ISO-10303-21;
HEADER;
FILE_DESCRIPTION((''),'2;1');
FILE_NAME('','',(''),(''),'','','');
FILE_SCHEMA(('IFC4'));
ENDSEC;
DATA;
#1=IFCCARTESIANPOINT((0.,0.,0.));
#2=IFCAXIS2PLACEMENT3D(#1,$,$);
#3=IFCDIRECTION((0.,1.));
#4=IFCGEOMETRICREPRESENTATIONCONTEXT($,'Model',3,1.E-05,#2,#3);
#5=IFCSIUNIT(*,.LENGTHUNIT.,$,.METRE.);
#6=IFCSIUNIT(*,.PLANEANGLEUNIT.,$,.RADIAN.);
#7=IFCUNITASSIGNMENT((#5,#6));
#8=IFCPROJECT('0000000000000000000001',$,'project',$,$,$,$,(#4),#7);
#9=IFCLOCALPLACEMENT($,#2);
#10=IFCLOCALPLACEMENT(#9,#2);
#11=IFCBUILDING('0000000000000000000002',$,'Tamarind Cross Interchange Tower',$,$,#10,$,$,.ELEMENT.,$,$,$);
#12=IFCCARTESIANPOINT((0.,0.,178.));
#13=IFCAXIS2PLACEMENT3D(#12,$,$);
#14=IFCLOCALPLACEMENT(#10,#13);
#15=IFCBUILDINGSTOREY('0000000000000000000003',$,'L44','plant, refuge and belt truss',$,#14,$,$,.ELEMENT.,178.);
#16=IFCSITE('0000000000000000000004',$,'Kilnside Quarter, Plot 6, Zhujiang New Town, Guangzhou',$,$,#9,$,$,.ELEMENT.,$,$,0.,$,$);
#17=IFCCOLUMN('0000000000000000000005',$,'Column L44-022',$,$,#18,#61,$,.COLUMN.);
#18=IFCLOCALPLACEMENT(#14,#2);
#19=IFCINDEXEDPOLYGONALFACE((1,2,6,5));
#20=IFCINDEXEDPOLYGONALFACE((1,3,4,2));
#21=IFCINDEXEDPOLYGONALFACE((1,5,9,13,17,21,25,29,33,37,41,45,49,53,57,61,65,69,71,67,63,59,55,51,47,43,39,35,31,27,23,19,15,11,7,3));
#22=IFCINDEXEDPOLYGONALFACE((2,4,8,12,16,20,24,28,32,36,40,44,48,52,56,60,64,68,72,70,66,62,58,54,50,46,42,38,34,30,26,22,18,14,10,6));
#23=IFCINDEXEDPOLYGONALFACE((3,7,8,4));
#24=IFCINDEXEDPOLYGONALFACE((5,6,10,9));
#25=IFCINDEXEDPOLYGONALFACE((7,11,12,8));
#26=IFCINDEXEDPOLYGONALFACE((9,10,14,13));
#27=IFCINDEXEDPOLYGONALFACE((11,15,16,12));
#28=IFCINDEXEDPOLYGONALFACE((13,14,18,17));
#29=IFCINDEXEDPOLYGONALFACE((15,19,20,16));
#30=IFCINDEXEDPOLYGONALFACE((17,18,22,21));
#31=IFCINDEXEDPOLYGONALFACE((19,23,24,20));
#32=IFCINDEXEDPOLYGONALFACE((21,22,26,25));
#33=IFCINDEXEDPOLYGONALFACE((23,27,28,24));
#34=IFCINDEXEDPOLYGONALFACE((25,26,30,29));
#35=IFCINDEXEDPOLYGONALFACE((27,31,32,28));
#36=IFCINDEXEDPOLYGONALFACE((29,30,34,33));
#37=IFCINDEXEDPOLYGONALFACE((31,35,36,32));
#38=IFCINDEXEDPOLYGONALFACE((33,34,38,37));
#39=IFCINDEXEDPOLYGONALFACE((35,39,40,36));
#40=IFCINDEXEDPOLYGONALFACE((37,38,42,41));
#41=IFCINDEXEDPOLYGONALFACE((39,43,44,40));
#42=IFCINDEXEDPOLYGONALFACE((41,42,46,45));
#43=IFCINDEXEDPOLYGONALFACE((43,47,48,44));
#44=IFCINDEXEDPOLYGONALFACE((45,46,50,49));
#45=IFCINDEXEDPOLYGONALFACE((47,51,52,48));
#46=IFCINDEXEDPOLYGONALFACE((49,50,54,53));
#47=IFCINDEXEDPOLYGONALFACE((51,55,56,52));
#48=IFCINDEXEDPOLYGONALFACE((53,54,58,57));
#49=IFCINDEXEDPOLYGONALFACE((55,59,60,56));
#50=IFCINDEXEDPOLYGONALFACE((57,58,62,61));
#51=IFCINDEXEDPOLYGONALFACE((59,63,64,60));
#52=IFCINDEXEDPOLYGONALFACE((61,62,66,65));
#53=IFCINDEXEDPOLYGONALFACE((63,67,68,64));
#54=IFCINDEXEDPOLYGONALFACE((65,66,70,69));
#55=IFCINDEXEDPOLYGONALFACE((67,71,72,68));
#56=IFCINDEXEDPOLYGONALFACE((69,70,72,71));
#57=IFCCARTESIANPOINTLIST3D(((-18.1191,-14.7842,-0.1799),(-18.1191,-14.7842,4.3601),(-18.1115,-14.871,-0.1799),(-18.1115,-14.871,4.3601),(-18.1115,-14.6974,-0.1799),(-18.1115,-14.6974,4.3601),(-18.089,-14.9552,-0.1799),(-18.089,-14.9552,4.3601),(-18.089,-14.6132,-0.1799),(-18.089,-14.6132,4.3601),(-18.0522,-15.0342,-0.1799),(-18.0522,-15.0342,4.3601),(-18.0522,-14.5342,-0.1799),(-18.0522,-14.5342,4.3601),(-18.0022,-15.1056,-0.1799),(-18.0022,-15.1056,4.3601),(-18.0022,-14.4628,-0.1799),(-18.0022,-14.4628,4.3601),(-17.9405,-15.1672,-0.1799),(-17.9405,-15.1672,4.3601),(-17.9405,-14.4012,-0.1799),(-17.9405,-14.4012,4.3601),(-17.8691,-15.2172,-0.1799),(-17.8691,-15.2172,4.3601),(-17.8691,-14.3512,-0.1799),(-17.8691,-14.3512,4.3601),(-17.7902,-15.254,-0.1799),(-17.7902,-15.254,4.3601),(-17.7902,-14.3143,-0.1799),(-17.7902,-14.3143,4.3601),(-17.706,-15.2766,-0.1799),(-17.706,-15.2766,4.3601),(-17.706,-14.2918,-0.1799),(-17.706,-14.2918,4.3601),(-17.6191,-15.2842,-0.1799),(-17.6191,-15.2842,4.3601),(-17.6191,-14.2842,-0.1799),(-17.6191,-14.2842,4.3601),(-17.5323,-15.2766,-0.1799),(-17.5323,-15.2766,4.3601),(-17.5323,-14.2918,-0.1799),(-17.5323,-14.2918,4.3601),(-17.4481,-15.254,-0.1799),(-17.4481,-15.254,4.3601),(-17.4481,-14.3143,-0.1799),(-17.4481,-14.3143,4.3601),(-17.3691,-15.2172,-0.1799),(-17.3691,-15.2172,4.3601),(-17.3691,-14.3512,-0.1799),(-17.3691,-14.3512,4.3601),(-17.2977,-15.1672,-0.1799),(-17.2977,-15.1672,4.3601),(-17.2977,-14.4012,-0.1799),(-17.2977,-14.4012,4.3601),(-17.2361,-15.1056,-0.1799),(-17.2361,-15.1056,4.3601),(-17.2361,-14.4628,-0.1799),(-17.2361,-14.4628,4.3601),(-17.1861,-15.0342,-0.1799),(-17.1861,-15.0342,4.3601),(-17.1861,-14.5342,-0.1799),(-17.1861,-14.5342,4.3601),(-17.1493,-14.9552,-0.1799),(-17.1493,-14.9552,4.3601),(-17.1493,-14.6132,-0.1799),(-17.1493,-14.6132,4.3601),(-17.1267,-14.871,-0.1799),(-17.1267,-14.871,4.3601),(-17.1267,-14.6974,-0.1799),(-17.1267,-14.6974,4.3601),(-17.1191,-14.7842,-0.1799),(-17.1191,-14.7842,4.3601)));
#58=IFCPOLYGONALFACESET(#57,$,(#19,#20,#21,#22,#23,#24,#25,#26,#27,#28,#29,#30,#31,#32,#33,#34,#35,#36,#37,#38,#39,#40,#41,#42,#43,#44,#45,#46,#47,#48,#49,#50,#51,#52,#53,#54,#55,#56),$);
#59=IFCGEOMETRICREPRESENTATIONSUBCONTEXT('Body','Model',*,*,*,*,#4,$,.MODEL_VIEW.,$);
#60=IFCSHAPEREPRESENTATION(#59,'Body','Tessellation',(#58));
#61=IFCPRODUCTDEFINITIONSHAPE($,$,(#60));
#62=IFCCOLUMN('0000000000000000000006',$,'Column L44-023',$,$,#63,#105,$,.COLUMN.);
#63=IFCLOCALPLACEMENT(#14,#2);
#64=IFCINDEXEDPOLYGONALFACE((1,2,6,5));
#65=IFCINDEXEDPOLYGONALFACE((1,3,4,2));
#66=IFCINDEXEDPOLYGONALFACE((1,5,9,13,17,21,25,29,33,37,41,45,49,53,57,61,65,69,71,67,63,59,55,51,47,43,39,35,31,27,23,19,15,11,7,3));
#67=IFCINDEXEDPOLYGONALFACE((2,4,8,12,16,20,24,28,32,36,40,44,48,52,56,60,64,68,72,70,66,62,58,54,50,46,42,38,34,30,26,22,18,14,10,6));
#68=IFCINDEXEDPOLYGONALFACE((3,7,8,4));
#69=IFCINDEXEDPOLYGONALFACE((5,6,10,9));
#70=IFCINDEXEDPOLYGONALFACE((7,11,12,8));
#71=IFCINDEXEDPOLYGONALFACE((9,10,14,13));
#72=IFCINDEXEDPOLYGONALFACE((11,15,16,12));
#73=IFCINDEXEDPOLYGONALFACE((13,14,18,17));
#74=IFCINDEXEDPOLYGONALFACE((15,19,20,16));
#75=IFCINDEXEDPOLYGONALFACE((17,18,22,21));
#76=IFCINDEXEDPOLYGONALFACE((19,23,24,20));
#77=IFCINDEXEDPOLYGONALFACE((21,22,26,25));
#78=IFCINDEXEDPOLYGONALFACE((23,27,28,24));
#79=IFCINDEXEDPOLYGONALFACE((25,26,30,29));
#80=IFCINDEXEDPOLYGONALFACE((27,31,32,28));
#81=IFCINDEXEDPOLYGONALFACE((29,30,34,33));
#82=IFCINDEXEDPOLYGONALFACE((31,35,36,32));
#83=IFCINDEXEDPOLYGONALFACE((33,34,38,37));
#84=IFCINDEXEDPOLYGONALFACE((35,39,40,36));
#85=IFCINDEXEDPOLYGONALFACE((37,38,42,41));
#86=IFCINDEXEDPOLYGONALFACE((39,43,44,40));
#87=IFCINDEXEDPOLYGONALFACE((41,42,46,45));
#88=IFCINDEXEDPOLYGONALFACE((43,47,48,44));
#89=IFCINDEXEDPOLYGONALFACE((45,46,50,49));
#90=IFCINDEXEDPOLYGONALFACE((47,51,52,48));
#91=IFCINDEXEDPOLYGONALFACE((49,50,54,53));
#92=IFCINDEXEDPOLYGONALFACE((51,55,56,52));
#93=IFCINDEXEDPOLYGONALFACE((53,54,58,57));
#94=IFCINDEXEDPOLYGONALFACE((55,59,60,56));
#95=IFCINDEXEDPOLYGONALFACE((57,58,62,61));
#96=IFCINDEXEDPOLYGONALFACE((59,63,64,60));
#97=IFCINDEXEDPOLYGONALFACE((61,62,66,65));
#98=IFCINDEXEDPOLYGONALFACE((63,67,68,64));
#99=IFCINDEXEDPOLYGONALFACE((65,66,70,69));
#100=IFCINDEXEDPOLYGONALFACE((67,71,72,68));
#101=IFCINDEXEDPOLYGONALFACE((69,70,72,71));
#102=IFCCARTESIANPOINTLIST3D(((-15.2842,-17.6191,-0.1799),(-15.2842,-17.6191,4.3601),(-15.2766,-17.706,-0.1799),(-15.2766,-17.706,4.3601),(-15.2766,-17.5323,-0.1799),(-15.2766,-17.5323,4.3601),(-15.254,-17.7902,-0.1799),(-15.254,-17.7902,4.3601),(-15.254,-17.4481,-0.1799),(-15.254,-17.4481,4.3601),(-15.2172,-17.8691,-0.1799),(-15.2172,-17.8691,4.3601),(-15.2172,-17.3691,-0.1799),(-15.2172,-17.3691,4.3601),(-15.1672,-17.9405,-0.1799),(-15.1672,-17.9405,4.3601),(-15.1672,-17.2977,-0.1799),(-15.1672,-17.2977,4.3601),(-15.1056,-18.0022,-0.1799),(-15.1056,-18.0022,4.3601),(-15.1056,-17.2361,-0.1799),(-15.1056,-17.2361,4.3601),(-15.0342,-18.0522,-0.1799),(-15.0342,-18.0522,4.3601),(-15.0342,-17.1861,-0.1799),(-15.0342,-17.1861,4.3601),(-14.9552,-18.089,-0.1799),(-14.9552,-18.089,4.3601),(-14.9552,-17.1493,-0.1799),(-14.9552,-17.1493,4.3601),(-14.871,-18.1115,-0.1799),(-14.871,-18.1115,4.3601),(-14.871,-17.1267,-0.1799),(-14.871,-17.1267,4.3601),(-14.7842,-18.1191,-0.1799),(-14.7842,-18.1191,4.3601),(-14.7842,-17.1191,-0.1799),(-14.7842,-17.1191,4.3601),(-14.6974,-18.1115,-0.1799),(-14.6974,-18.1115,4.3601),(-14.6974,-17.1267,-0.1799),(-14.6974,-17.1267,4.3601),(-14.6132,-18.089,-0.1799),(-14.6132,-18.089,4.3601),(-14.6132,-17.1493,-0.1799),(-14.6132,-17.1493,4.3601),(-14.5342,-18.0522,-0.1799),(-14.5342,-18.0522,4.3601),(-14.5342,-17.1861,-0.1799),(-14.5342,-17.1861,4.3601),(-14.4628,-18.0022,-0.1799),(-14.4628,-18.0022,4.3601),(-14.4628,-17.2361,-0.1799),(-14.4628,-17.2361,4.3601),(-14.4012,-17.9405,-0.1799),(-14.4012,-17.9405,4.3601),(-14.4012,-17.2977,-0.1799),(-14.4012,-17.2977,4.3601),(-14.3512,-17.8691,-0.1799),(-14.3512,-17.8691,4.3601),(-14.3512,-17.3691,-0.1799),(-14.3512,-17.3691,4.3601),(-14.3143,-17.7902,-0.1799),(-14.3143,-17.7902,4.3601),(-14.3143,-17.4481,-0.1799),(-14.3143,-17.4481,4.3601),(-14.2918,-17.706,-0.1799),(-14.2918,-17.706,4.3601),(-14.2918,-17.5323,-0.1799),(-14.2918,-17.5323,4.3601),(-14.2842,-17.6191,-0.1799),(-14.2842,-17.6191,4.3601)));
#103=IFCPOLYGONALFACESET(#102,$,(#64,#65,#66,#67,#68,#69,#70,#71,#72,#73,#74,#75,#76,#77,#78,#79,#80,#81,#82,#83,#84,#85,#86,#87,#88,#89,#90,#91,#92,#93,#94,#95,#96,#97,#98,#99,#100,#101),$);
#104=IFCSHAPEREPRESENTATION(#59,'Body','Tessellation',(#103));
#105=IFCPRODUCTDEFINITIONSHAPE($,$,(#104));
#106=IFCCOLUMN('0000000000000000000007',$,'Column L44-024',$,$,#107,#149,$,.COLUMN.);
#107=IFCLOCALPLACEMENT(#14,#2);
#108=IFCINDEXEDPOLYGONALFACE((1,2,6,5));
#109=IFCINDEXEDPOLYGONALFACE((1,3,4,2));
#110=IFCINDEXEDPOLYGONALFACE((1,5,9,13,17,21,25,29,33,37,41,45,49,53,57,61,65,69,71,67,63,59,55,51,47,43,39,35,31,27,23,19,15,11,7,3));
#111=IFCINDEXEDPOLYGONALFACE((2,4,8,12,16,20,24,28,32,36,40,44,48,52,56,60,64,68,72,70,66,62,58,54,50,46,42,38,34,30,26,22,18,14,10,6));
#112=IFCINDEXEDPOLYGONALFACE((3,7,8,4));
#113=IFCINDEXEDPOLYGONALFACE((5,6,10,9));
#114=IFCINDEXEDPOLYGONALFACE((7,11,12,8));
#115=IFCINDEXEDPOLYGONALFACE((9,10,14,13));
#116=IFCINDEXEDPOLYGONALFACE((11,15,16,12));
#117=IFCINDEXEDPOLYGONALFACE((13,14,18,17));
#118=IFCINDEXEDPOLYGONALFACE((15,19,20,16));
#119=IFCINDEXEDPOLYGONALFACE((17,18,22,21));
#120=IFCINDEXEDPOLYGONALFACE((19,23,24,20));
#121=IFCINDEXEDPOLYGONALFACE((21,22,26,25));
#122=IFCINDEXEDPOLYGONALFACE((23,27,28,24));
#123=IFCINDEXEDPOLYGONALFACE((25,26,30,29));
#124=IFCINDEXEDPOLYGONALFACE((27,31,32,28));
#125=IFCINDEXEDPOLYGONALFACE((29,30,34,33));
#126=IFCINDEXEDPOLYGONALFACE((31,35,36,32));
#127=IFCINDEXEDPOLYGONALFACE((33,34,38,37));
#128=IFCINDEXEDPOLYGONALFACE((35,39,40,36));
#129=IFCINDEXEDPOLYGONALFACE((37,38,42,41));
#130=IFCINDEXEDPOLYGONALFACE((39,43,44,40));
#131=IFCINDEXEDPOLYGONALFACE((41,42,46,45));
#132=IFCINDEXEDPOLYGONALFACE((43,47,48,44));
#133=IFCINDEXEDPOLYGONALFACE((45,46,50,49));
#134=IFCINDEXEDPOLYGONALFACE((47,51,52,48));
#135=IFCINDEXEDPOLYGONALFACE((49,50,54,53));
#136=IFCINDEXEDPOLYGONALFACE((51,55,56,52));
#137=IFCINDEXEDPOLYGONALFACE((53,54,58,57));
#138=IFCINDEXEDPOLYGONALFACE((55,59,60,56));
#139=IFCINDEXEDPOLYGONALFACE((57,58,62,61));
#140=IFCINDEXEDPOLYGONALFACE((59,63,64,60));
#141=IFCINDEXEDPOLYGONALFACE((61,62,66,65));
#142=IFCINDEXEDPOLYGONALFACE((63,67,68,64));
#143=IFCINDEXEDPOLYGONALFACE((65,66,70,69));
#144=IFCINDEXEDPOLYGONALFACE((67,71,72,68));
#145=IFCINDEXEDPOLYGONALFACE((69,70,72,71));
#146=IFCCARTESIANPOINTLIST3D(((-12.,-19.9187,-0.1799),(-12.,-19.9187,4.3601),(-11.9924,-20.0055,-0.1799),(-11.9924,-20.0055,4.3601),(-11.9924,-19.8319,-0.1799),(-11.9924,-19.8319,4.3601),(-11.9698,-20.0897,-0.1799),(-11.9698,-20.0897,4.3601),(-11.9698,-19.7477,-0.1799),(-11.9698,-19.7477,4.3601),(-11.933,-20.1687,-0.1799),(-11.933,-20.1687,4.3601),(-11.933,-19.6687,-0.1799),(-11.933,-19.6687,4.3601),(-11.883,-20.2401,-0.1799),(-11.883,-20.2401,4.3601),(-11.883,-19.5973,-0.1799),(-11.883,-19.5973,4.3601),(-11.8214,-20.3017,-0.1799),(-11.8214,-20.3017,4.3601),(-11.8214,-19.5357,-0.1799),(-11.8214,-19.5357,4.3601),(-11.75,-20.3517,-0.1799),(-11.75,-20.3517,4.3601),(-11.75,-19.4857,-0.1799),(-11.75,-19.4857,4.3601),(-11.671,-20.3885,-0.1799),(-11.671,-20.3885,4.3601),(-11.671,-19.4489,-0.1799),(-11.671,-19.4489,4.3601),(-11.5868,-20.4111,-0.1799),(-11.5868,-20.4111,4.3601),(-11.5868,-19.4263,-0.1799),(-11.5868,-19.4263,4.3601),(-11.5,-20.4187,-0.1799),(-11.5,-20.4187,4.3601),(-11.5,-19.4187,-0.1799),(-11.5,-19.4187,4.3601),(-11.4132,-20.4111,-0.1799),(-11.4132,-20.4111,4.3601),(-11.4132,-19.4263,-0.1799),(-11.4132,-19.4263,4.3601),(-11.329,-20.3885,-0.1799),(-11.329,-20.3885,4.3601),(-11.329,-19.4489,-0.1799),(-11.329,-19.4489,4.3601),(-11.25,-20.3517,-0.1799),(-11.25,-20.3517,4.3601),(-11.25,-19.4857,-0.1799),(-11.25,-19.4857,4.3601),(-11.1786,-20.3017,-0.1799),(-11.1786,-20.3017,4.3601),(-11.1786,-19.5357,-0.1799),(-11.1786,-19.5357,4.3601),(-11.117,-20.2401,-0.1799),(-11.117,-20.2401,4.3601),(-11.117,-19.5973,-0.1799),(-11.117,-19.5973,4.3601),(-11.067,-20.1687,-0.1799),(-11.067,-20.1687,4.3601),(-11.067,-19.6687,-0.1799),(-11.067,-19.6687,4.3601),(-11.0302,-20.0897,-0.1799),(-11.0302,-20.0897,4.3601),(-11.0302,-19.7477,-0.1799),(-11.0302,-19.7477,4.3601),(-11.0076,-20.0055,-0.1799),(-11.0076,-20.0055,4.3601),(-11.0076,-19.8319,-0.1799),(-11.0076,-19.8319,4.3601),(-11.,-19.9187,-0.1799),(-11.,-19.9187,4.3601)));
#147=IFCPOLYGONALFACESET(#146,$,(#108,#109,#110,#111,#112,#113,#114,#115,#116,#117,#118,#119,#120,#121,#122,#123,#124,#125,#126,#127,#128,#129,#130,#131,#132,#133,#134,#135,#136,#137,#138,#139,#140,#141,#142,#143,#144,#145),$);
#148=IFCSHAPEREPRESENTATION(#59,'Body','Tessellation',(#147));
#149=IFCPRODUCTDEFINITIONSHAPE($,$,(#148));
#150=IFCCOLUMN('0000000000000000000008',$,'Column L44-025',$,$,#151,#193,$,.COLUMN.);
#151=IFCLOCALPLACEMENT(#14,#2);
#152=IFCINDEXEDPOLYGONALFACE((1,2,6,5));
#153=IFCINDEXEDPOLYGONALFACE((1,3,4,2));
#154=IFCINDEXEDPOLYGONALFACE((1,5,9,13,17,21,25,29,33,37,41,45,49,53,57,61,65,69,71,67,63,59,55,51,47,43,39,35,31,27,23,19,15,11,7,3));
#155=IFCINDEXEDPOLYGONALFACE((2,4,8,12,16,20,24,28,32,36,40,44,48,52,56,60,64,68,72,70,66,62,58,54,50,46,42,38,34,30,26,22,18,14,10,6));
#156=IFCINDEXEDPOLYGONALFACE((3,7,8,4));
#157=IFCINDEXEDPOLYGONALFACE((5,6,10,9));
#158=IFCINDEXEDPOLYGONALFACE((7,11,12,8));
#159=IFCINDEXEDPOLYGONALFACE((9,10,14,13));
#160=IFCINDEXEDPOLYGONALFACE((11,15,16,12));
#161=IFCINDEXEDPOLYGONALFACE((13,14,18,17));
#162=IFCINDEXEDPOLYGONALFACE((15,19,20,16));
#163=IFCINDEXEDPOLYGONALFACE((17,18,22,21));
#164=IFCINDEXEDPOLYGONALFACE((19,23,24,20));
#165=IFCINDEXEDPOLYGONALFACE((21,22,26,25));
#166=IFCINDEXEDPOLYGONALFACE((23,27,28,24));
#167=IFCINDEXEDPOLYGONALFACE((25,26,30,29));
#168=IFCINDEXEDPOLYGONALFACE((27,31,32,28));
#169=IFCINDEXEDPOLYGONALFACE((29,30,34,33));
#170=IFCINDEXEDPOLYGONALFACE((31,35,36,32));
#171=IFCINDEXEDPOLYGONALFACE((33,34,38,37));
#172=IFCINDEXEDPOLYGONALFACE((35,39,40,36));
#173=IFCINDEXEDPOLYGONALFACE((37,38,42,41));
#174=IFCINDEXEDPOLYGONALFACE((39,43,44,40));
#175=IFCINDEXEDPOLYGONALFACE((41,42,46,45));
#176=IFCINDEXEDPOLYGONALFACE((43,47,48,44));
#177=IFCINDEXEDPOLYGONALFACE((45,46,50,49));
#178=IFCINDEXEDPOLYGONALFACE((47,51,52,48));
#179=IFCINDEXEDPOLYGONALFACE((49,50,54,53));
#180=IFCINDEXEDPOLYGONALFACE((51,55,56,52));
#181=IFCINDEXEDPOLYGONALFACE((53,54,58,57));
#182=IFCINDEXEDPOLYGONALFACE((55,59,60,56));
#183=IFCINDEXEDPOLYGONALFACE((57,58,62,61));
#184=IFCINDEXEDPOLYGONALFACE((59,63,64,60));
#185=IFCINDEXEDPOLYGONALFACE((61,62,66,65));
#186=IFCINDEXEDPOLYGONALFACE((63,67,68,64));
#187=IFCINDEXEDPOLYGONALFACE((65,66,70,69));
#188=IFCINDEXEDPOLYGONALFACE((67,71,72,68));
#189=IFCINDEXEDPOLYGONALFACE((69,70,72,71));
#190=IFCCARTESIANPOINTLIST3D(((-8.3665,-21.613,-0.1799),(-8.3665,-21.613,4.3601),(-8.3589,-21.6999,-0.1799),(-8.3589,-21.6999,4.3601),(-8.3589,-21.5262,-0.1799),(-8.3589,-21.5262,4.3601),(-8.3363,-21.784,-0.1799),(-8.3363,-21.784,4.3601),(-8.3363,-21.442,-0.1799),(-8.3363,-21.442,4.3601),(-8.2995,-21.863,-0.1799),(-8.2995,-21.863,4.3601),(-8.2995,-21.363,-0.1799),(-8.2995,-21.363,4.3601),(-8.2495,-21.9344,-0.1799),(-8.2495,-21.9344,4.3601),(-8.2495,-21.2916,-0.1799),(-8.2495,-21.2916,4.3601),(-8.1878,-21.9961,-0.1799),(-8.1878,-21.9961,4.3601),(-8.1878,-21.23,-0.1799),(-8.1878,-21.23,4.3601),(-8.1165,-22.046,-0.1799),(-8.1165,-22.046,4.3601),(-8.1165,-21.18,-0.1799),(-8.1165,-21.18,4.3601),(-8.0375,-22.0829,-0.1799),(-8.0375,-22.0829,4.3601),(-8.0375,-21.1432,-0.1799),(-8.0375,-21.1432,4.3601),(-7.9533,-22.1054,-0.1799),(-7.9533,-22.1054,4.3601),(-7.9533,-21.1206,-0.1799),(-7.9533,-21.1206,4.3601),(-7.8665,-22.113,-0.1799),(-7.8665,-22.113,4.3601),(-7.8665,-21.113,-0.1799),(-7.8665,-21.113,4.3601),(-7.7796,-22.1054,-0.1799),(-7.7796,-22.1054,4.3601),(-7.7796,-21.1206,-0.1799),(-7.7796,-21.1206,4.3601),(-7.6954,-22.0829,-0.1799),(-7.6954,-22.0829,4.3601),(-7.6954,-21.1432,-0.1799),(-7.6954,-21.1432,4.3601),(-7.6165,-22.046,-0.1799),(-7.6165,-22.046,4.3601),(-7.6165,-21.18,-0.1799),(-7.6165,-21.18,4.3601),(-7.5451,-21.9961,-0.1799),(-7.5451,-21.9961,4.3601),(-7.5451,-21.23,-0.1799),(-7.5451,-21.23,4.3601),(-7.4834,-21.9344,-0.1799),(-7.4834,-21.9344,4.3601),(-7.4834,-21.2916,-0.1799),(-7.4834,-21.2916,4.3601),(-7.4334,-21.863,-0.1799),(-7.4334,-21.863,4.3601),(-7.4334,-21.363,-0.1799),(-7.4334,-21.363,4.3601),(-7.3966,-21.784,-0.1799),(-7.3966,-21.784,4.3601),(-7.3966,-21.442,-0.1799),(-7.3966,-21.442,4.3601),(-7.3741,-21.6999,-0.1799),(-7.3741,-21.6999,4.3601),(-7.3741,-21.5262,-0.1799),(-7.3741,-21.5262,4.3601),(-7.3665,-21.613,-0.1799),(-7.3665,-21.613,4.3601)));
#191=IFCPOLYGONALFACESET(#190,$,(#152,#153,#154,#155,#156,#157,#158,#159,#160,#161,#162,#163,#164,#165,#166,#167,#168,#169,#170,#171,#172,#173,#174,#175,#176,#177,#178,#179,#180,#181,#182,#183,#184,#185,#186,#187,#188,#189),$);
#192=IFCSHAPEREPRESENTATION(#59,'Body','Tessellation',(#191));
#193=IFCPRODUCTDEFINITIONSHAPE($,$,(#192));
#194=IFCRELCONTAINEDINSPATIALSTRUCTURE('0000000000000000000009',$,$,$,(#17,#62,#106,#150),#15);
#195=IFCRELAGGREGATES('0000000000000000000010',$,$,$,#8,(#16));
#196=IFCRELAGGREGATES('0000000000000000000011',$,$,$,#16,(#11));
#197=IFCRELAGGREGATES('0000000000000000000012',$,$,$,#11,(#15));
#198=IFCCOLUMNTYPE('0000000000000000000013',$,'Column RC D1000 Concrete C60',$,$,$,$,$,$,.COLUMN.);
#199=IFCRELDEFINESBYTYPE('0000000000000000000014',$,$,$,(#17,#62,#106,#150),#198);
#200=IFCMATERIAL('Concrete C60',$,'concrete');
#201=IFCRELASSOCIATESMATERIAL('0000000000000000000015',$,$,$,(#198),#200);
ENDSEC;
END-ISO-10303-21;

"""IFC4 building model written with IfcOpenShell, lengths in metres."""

from ifc_helpers import new_model, si_unit, direction, frame, origin, origin_2d, place, context, subcontext, project, spatial, circle, extrude, material, material_profile, profile_set, type_object, element, save


model = new_model("IFC4")

# Units and contexts
model_context = context("Model", 3, precision=1e-05, world=origin(), true_north=direction((0.0, 1.0)))
body_context = subcontext(model_context, "Body", "Model", "MODEL_VIEW")
ifc_project = project(units=[si_unit("LENGTHUNIT", "METRE"), si_unit("PLANEANGLEUNIT", "RADIAN")], contexts=[model_context])

# Site, building, storey
site_placement = place(None, origin())
site = spatial("IfcSite", under=ifc_project, at=site_placement, Name="Kilnside Quarter, Plot 6, Zhujiang New Town, Guangzhou", CompositionType="ELEMENT", RefElevation=0.0)
building_placement = place(site_placement, origin())
building = spatial("IfcBuilding", under=site, at=building_placement, Name="Tamarind Cross Interchange Tower", CompositionType="ELEMENT")
storey_placement = place(building_placement, frame((0.0, 0.0, 178.0)))
storey = spatial("IfcBuildingStorey", under=building, at=storey_placement, Name="L44", Description="plant, refuge and belt truss", CompositionType="ELEMENT", Elevation=178.0)

# Columns
ifc_material_1 = material(Name="Concrete C60", Category="concrete")
ifc_material_profile_1 = material_profile(ifc_material_1, circle(Radius=0.5, at=origin_2d()), Name="RC D1000")
ifc_profile_set_1 = profile_set([ifc_material_profile_1], Name="Concrete C60")
column_type = type_object("IfcColumnType", Name="Column RC D1000 Concrete C60", PredefinedType="COLUMN", material=ifc_profile_set_1)
for number, where, z_axis, x_axis, name in (
    (1, (-17.6191, -14.7842, -0.1799), (0.0, 0.0, 1.0), (1.0, 0.0, 0.0), "Column L44-022"),
    (2, (-14.7842, -17.6191, -0.1799), (0.0, 0.0, 1.0), (1.0, 0.0, 0.0), "Column L44-023"),
    (3, (-11.5, -19.9187, -0.1799), (0.0, 0.0, 1.0), (1.0, 0.0, 0.0), "Column L44-024"),
    (4, (-7.8665, -21.613, -0.1799), (0.0, 0.0, 1.0), (1.0, 0.0, 0.0), "Column L44-025"),
):
    element("IfcColumn", number, at=place(storey_placement, frame(where, z_axis=z_axis, x_axis=x_axis)), inside=storey, type_object=column_type, Name=name, PredefinedType="COLUMN", context=body_context, shape_type="SweptSolid", body=[
        extrude(circle(Radius=0.5, at=origin_2d()), origin(), (0.0, 0.0, 1.0), 4.54),
    ])

save(model, "model.ifc")
